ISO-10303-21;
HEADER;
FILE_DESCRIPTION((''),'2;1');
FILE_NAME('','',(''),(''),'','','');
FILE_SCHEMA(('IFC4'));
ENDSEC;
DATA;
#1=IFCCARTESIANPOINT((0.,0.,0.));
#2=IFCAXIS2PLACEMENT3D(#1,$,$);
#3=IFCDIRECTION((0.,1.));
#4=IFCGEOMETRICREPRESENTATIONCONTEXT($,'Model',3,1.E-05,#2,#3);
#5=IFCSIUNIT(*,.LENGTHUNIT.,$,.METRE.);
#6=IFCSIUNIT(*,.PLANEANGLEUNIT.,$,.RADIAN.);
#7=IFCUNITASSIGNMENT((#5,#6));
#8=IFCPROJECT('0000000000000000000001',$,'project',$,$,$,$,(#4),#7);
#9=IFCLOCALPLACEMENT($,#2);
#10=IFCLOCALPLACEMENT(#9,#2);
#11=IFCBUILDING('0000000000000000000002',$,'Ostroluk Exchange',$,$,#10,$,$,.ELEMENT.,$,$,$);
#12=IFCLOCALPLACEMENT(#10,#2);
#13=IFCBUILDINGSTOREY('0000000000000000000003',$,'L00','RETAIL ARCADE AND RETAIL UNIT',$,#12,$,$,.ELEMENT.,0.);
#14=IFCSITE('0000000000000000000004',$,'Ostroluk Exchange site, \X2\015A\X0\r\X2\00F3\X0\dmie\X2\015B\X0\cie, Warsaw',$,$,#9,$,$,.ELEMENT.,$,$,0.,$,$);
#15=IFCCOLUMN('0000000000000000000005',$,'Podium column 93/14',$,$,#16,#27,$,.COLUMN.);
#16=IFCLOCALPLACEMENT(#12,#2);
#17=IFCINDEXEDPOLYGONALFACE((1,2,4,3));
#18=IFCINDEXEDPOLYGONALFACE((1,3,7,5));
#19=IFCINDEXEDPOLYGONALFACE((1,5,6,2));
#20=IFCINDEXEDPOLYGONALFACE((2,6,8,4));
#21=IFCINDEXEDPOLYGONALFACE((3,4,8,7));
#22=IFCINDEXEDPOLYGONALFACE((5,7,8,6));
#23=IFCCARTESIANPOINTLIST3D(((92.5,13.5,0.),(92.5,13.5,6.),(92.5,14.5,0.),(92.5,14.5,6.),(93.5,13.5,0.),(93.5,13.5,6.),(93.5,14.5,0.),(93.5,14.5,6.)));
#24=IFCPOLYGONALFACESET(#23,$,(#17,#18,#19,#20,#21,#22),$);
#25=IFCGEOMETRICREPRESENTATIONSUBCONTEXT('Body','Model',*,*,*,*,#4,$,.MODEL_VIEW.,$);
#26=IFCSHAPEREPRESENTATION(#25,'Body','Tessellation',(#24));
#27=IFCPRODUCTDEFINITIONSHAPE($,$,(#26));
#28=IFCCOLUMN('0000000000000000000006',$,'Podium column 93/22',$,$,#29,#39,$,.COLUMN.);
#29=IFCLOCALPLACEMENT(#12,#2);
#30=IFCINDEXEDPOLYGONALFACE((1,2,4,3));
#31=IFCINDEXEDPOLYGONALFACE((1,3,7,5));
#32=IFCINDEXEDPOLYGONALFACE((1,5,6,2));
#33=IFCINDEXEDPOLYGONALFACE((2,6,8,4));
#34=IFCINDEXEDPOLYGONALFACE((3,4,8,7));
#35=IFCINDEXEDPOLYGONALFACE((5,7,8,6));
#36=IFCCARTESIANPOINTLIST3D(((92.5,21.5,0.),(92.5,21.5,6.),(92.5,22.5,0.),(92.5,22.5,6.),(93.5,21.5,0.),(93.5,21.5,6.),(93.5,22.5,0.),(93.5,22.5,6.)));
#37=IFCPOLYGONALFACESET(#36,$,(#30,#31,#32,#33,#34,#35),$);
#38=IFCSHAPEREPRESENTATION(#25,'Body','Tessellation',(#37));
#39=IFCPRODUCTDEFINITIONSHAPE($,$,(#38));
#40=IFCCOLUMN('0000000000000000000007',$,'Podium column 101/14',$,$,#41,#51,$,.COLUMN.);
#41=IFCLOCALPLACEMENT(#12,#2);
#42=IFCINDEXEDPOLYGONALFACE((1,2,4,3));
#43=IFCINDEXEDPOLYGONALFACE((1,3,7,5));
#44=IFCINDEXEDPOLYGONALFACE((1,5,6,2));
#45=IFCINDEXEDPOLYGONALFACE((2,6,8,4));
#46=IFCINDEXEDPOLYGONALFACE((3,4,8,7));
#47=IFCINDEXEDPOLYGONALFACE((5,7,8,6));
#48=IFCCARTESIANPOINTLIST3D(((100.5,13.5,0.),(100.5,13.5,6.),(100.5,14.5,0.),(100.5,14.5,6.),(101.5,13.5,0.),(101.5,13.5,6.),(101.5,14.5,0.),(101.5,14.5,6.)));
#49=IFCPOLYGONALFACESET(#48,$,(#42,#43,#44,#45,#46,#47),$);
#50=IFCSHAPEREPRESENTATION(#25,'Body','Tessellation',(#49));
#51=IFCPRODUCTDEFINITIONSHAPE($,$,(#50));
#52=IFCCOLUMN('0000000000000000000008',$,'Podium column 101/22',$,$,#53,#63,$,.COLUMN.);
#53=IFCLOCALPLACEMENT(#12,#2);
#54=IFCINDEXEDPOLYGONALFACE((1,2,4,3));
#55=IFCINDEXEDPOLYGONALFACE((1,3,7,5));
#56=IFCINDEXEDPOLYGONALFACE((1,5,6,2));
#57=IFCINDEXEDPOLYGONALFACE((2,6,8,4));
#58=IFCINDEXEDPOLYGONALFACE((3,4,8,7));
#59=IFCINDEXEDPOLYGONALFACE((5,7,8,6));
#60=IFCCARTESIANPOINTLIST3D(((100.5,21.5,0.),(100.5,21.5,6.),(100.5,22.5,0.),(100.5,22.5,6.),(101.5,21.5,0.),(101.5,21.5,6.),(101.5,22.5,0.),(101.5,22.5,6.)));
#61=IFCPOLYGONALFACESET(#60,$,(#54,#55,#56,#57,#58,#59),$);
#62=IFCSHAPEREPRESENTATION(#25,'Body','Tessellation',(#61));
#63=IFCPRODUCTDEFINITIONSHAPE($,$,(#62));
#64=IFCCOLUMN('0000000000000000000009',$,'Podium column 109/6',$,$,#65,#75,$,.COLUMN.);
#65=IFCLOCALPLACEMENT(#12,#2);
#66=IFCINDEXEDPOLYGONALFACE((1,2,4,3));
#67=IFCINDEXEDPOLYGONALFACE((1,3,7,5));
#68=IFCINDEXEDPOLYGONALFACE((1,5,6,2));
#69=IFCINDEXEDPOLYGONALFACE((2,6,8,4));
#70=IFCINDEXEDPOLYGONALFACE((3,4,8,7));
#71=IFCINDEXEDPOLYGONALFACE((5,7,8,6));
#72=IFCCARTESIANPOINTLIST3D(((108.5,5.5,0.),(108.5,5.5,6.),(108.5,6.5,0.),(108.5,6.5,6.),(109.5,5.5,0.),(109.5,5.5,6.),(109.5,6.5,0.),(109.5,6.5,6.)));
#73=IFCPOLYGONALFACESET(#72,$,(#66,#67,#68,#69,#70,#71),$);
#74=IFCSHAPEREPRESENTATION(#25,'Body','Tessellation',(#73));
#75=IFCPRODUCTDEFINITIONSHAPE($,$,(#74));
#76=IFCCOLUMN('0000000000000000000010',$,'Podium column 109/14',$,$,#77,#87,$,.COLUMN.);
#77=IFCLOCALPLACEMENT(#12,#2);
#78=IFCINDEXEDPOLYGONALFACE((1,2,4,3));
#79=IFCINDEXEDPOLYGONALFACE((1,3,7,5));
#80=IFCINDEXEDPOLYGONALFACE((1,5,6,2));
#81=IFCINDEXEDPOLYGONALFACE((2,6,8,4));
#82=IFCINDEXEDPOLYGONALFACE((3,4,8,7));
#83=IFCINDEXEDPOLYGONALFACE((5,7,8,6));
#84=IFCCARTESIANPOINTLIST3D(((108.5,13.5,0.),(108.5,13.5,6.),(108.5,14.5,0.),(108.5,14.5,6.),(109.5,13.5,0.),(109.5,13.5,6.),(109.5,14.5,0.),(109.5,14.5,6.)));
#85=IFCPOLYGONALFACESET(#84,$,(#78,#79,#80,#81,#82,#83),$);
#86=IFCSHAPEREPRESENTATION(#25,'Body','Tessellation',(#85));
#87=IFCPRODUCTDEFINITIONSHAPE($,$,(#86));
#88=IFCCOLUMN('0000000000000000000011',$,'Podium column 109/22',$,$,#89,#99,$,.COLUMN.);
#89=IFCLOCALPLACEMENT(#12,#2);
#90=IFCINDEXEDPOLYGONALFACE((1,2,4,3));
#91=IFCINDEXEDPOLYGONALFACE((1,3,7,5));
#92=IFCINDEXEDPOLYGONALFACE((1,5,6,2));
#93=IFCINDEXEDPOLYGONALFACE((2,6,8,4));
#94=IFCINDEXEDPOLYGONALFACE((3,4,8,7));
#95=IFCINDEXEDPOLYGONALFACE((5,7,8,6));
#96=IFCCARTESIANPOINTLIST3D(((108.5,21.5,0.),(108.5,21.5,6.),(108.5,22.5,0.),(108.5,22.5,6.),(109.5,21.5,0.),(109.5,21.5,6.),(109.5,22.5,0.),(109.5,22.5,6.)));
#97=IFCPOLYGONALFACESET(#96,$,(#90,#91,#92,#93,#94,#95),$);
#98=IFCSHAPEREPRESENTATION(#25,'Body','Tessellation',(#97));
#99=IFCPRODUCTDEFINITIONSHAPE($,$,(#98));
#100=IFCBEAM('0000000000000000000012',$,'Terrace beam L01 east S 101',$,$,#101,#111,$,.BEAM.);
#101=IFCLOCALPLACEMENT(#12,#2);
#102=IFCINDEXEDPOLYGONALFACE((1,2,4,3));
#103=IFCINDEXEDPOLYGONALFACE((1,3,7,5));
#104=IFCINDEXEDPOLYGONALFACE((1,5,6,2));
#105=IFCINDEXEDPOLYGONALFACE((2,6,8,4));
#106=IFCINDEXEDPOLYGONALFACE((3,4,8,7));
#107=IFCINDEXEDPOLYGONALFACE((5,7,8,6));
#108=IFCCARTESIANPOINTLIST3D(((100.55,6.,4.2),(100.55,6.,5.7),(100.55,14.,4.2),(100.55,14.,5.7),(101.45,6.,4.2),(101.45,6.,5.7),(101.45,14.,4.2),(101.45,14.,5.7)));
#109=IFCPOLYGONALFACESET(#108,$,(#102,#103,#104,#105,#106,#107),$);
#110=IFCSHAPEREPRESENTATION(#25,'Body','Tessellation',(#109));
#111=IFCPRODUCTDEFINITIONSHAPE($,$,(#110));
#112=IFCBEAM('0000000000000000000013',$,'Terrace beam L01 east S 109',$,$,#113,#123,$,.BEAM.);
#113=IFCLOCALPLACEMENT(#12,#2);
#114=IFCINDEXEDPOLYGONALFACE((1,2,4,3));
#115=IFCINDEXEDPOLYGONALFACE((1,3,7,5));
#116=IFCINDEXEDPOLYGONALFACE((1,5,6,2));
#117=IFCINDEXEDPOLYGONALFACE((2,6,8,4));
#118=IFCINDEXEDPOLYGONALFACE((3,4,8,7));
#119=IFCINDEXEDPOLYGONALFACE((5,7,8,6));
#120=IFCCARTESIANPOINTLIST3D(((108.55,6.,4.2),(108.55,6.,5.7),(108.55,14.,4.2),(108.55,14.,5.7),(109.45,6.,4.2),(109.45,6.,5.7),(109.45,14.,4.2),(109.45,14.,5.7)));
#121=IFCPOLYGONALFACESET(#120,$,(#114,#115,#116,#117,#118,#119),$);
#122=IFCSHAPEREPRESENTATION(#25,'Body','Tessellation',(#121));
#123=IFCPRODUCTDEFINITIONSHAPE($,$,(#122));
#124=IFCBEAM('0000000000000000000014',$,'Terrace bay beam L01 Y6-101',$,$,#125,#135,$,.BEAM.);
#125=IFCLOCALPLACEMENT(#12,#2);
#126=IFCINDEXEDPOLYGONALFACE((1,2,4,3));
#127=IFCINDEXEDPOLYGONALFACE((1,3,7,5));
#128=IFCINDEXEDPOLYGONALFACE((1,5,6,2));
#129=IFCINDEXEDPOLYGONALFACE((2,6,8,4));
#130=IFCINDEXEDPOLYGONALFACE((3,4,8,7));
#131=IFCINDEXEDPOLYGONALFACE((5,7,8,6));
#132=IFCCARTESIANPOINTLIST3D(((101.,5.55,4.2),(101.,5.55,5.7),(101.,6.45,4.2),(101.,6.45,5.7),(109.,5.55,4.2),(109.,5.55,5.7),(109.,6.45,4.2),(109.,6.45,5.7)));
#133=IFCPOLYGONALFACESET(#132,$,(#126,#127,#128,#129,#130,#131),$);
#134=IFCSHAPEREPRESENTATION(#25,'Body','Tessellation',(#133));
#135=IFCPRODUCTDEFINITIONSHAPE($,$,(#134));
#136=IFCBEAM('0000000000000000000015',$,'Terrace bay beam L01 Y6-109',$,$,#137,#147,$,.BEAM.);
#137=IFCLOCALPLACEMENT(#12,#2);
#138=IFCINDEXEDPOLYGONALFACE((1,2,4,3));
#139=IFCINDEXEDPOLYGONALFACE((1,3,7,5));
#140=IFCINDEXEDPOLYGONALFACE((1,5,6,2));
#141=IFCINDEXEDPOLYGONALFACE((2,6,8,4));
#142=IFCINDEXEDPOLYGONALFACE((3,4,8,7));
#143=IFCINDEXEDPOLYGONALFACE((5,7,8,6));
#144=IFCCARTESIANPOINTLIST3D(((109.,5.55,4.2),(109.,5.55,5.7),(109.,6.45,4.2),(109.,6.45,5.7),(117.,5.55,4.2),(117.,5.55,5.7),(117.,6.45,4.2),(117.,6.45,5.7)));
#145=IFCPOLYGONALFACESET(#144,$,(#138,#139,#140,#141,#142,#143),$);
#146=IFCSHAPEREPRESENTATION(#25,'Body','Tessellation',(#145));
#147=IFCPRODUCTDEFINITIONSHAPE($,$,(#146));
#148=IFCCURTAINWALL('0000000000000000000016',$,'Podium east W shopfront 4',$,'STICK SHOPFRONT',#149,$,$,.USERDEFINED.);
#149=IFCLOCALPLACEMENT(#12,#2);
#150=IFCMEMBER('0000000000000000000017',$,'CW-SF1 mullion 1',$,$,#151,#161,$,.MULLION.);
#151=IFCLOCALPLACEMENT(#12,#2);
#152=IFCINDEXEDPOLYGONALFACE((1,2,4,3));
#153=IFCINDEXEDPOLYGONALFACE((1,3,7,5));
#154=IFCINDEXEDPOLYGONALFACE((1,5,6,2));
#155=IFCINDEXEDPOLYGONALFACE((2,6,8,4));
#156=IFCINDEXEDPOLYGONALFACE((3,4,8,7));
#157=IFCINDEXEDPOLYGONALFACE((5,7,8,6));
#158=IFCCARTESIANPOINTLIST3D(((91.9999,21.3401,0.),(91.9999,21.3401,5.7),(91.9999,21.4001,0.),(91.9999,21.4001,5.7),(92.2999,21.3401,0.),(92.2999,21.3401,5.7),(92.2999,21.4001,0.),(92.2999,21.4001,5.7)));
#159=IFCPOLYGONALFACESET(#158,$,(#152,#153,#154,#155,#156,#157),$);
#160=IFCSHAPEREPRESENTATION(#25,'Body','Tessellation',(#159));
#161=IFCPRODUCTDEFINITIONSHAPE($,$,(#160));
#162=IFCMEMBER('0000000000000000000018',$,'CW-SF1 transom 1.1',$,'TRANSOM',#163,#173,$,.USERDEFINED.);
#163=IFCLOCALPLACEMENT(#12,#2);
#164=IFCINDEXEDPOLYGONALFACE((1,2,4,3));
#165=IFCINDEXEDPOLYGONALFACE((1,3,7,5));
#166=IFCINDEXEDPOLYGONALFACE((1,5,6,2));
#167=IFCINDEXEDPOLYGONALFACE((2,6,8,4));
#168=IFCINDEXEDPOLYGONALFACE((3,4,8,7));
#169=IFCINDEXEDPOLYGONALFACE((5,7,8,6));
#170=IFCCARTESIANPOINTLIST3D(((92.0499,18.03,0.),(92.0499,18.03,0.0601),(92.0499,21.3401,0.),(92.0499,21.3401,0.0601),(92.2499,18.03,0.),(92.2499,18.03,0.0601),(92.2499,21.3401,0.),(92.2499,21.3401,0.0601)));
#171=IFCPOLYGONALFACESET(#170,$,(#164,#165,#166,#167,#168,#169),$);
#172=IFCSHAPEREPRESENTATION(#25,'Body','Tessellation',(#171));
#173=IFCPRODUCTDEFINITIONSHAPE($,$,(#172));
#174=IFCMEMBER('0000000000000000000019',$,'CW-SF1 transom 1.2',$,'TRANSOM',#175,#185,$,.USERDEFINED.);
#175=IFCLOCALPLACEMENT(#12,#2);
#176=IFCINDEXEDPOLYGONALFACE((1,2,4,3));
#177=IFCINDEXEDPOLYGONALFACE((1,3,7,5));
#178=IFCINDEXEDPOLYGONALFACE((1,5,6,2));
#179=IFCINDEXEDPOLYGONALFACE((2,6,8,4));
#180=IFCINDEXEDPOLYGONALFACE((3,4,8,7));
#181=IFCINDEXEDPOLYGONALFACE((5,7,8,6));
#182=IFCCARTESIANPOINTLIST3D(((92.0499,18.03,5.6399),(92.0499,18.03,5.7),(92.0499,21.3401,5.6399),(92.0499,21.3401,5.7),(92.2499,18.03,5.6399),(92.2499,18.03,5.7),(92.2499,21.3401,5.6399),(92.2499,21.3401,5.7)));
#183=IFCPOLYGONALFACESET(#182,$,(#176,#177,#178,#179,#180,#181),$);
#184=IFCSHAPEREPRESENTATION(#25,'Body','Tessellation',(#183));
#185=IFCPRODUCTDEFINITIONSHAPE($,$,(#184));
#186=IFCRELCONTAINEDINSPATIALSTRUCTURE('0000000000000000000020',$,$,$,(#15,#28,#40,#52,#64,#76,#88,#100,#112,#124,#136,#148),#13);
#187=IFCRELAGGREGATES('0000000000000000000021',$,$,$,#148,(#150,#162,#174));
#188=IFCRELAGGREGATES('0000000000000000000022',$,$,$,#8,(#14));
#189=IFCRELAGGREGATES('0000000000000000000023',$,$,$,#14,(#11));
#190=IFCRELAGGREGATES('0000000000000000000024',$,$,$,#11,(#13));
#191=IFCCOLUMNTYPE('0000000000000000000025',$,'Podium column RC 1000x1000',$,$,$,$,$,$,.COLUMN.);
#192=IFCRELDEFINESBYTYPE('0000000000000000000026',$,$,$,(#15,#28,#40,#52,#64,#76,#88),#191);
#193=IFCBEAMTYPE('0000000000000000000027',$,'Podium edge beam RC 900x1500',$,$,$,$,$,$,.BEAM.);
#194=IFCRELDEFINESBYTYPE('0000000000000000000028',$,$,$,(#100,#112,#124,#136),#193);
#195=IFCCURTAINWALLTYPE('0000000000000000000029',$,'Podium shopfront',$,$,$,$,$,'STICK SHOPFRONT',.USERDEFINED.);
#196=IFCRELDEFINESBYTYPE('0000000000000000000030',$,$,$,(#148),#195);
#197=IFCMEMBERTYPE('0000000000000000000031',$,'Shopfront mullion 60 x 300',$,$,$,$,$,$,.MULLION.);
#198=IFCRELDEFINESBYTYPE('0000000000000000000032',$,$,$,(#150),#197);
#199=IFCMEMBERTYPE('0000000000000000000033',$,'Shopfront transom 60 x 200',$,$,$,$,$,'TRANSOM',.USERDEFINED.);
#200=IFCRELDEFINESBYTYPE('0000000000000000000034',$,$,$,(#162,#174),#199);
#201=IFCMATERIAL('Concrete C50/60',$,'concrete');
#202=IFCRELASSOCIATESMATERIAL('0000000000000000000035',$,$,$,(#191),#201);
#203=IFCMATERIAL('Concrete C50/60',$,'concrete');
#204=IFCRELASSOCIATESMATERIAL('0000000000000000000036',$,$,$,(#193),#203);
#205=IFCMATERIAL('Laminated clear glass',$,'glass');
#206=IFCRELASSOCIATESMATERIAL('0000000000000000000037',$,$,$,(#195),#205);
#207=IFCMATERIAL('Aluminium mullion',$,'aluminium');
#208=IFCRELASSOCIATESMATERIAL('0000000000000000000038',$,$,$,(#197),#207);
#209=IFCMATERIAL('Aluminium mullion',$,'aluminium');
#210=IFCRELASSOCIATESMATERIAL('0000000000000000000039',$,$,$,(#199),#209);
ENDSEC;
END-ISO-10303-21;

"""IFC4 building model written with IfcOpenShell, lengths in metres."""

from ifc_helpers import new_model, si_unit, direction, frame, origin, origin_2d, place, context, subcontext, project, spatial, rectangle, extrude, material, material_profile, profile_set, type_object, element, aggregate, save


model = new_model("IFC4")

# Units and contexts
model_context = context("Model", 3, precision=1e-05, world=origin(), true_north=direction((0.0, 1.0)))
body_context = subcontext(model_context, "Body", "Model", "MODEL_VIEW")
ifc_project = project(units=[si_unit("LENGTHUNIT", "METRE"), si_unit("PLANEANGLEUNIT", "RADIAN")], contexts=[model_context])

# Site, building, storey
site_placement = place(None, origin())
site = spatial("IfcSite", under=ifc_project, at=site_placement, Name="Ostroluk Exchange site, Śródmieście, Warsaw", CompositionType="ELEMENT", RefElevation=0.0)
building_placement = place(site_placement, origin())
building = spatial("IfcBuilding", under=site, at=building_placement, Name="Ostroluk Exchange", CompositionType="ELEMENT")
storey_placement = place(building_placement, origin())
storey = spatial("IfcBuildingStorey", under=building, at=storey_placement, Name="L00", Description="RETAIL ARCADE AND RETAIL UNIT", CompositionType="ELEMENT", Elevation=0.0)

# Columns
ifc_material_1 = material(Name="Concrete C50/60", Category="concrete")
ifc_material_profile_1 = material_profile(ifc_material_1, rectangle(XDim=1.0, YDim=1.0, at=origin_2d()), Name="RC 1000x1000")
ifc_profile_set_1 = profile_set([ifc_material_profile_1], Name="Concrete C50/60")
column_type = type_object("IfcColumnType", Name="Podium column RC 1000x1000", PredefinedType="COLUMN", material=ifc_profile_set_1)
for number, where, z_axis, x_axis, name in (
    (1, (93.0, 14.0, 0.0), (0.0, 0.0, 1.0), (1.0, 0.0, 0.0), "Podium column 93/14"),
    (2, (93.0, 22.0, 0.0), (0.0, 0.0, 1.0), (1.0, 0.0, 0.0), "Podium column 93/22"),
    (3, (101.0, 14.0, 0.0), (0.0, 0.0, 1.0), (1.0, 0.0, 0.0), "Podium column 101/14"),
    (4, (101.0, 22.0, 0.0), (0.0, 0.0, 1.0), (1.0, 0.0, 0.0), "Podium column 101/22"),
    (5, (109.0, 6.0, 0.0), (0.0, 0.0, 1.0), (1.0, 0.0, 0.0), "Podium column 109/6"),
    (6, (109.0, 14.0, 0.0), (0.0, 0.0, 1.0), (1.0, 0.0, 0.0), "Podium column 109/14"),
    (7, (109.0, 22.0, 0.0), (0.0, 0.0, 1.0), (1.0, 0.0, 0.0), "Podium column 109/22"),
):
    element("IfcColumn", number, at=place(storey_placement, frame(where, z_axis=z_axis, x_axis=x_axis)), inside=storey, type_object=column_type, Name=name, PredefinedType="COLUMN", context=body_context, shape_type="SweptSolid", body=[
        extrude(rectangle(XDim=1.0, YDim=1.0, at=origin_2d()), origin(), (0.0, 0.0, 1.0), 6.0),
    ])

# Beams
ifc_material_2 = material(Name="Concrete C50/60", Category="concrete")
ifc_material_profile_2 = material_profile(ifc_material_2, rectangle(XDim=0.8999, YDim=1.5, at=origin_2d()), Name="RC 900x1500")
ifc_profile_set_2 = profile_set([ifc_material_profile_2], Name="Concrete C50/60")
beam_type = type_object("IfcBeamType", Name="Podium edge beam RC 900x1500", PredefinedType="BEAM", material=ifc_profile_set_2)
for number, where, z_axis, x_axis, name in (
    (8, (101.0, 6.0, 4.95), (0.0, 1.0, 0.0), (-1.0, 0.0, 0.0), "Terrace beam L01 east S 101"),
    (9, (109.0, 6.0, 4.95), (0.0, 1.0, 0.0), (-1.0, 0.0, 0.0), "Terrace beam L01 east S 109"),
    (10, (101.0, 6.0, 4.95), (1.0, 0.0, 0.0), (0.0, 1.0, 0.0), "Terrace bay beam L01 Y6-101"),
    (11, (109.0, 6.0, 4.95), (1.0, 0.0, 0.0), (0.0, 1.0, 0.0), "Terrace bay beam L01 Y6-109"),
):
    element("IfcBeam", number, at=place(storey_placement, frame(where, z_axis=z_axis, x_axis=x_axis)), inside=storey, type_object=beam_type, Name=name, PredefinedType="BEAM", context=body_context, shape_type="SweptSolid", body=[
        extrude(rectangle(XDim=0.8999, YDim=1.5, at=origin_2d()), origin(), (0.0, 0.0, 1.0), 8.0),
    ])

# Curtain wall, members
ifc_material_3 = material(Name="Laminated clear glass", Category="glass")
curtain_wall_type = type_object("IfcCurtainWallType", Name="Podium shopfront", ElementType="STICK SHOPFRONT", PredefinedType="USERDEFINED", material=ifc_material_3)
curtain_wall_placement = place(storey_placement, origin())
curtain_wall = element("IfcCurtainWall", 12, at=curtain_wall_placement, inside=storey, type_object=curtain_wall_type, Name="Podium east W shopfront 4", ObjectType="STICK SHOPFRONT", PredefinedType="USERDEFINED")
ifc_material_4 = material(Name="Aluminium mullion", Category="aluminium")
ifc_material_profile_3 = material_profile(ifc_material_4, rectangle(XDim=0.3, YDim=0.0601, at=origin_2d()), Name="Shopfront mullion 60 x 300")
ifc_profile_set_3 = profile_set([ifc_material_profile_3], Name="Aluminium mullion")
member_type_1 = type_object("IfcMemberType", Name="Shopfront mullion 60 x 300", PredefinedType="MULLION", material=ifc_profile_set_3)
member_1_placement = place(storey_placement, frame((92.1499, 21.3701, 0.0), z_axis=(0.0, 0.0, 1.0), x_axis=(1.0, 0.0, 0.0)))
member_1 = element("IfcMember", 13, at=member_1_placement, type_object=member_type_1, Name="CW-SF1 mullion 1", PredefinedType="MULLION", context=body_context, shape_type="SweptSolid", body=[
    extrude(rectangle(XDim=0.3, YDim=0.0601, at=origin_2d()), origin(), (0.0, 0.0, 1.0), 5.7),
])
ifc_material_5 = material(Name="Aluminium mullion", Category="aluminium")
ifc_material_profile_4 = material_profile(ifc_material_5, rectangle(XDim=0.2, YDim=0.0601, at=origin_2d()), Name="Shopfront transom 60 x 200")
ifc_profile_set_4 = profile_set([ifc_material_profile_4], Name="Aluminium mullion")
member_type_2 = type_object("IfcMemberType", Name="Shopfront transom 60 x 200", ElementType="TRANSOM", PredefinedType="USERDEFINED", material=ifc_profile_set_4)
member_2_placement = place(storey_placement, frame((92.1499, 21.3401, 0.03), z_axis=(0.0, -1.0, 0.0), x_axis=(1.0, 0.0, 0.0)))
member_2 = element("IfcMember", 14, at=member_2_placement, type_object=member_type_2, Name="CW-SF1 transom 1.1", ObjectType="TRANSOM", PredefinedType="USERDEFINED", context=body_context, shape_type="SweptSolid", body=[
    extrude(rectangle(XDim=0.2, YDim=0.0601, at=origin_2d()), origin(), (0.0, 0.0, 1.0), 3.3101),
])
member_3_placement = place(storey_placement, frame((92.1499, 21.3401, 5.6699), z_axis=(0.0, -1.0, 0.0), x_axis=(1.0, 0.0, 0.0)))
member_3 = element("IfcMember", 15, at=member_3_placement, type_object=member_type_2, Name="CW-SF1 transom 1.2", ObjectType="TRANSOM", PredefinedType="USERDEFINED", context=body_context, shape_type="SweptSolid", body=[
    extrude(rectangle(XDim=0.2, YDim=0.0601, at=origin_2d()), origin(), (0.0, 0.0, 1.0), 3.3101),
])
aggregate(curtain_wall, [member_1, member_2, member_3])

save(model, "model.ifc")
